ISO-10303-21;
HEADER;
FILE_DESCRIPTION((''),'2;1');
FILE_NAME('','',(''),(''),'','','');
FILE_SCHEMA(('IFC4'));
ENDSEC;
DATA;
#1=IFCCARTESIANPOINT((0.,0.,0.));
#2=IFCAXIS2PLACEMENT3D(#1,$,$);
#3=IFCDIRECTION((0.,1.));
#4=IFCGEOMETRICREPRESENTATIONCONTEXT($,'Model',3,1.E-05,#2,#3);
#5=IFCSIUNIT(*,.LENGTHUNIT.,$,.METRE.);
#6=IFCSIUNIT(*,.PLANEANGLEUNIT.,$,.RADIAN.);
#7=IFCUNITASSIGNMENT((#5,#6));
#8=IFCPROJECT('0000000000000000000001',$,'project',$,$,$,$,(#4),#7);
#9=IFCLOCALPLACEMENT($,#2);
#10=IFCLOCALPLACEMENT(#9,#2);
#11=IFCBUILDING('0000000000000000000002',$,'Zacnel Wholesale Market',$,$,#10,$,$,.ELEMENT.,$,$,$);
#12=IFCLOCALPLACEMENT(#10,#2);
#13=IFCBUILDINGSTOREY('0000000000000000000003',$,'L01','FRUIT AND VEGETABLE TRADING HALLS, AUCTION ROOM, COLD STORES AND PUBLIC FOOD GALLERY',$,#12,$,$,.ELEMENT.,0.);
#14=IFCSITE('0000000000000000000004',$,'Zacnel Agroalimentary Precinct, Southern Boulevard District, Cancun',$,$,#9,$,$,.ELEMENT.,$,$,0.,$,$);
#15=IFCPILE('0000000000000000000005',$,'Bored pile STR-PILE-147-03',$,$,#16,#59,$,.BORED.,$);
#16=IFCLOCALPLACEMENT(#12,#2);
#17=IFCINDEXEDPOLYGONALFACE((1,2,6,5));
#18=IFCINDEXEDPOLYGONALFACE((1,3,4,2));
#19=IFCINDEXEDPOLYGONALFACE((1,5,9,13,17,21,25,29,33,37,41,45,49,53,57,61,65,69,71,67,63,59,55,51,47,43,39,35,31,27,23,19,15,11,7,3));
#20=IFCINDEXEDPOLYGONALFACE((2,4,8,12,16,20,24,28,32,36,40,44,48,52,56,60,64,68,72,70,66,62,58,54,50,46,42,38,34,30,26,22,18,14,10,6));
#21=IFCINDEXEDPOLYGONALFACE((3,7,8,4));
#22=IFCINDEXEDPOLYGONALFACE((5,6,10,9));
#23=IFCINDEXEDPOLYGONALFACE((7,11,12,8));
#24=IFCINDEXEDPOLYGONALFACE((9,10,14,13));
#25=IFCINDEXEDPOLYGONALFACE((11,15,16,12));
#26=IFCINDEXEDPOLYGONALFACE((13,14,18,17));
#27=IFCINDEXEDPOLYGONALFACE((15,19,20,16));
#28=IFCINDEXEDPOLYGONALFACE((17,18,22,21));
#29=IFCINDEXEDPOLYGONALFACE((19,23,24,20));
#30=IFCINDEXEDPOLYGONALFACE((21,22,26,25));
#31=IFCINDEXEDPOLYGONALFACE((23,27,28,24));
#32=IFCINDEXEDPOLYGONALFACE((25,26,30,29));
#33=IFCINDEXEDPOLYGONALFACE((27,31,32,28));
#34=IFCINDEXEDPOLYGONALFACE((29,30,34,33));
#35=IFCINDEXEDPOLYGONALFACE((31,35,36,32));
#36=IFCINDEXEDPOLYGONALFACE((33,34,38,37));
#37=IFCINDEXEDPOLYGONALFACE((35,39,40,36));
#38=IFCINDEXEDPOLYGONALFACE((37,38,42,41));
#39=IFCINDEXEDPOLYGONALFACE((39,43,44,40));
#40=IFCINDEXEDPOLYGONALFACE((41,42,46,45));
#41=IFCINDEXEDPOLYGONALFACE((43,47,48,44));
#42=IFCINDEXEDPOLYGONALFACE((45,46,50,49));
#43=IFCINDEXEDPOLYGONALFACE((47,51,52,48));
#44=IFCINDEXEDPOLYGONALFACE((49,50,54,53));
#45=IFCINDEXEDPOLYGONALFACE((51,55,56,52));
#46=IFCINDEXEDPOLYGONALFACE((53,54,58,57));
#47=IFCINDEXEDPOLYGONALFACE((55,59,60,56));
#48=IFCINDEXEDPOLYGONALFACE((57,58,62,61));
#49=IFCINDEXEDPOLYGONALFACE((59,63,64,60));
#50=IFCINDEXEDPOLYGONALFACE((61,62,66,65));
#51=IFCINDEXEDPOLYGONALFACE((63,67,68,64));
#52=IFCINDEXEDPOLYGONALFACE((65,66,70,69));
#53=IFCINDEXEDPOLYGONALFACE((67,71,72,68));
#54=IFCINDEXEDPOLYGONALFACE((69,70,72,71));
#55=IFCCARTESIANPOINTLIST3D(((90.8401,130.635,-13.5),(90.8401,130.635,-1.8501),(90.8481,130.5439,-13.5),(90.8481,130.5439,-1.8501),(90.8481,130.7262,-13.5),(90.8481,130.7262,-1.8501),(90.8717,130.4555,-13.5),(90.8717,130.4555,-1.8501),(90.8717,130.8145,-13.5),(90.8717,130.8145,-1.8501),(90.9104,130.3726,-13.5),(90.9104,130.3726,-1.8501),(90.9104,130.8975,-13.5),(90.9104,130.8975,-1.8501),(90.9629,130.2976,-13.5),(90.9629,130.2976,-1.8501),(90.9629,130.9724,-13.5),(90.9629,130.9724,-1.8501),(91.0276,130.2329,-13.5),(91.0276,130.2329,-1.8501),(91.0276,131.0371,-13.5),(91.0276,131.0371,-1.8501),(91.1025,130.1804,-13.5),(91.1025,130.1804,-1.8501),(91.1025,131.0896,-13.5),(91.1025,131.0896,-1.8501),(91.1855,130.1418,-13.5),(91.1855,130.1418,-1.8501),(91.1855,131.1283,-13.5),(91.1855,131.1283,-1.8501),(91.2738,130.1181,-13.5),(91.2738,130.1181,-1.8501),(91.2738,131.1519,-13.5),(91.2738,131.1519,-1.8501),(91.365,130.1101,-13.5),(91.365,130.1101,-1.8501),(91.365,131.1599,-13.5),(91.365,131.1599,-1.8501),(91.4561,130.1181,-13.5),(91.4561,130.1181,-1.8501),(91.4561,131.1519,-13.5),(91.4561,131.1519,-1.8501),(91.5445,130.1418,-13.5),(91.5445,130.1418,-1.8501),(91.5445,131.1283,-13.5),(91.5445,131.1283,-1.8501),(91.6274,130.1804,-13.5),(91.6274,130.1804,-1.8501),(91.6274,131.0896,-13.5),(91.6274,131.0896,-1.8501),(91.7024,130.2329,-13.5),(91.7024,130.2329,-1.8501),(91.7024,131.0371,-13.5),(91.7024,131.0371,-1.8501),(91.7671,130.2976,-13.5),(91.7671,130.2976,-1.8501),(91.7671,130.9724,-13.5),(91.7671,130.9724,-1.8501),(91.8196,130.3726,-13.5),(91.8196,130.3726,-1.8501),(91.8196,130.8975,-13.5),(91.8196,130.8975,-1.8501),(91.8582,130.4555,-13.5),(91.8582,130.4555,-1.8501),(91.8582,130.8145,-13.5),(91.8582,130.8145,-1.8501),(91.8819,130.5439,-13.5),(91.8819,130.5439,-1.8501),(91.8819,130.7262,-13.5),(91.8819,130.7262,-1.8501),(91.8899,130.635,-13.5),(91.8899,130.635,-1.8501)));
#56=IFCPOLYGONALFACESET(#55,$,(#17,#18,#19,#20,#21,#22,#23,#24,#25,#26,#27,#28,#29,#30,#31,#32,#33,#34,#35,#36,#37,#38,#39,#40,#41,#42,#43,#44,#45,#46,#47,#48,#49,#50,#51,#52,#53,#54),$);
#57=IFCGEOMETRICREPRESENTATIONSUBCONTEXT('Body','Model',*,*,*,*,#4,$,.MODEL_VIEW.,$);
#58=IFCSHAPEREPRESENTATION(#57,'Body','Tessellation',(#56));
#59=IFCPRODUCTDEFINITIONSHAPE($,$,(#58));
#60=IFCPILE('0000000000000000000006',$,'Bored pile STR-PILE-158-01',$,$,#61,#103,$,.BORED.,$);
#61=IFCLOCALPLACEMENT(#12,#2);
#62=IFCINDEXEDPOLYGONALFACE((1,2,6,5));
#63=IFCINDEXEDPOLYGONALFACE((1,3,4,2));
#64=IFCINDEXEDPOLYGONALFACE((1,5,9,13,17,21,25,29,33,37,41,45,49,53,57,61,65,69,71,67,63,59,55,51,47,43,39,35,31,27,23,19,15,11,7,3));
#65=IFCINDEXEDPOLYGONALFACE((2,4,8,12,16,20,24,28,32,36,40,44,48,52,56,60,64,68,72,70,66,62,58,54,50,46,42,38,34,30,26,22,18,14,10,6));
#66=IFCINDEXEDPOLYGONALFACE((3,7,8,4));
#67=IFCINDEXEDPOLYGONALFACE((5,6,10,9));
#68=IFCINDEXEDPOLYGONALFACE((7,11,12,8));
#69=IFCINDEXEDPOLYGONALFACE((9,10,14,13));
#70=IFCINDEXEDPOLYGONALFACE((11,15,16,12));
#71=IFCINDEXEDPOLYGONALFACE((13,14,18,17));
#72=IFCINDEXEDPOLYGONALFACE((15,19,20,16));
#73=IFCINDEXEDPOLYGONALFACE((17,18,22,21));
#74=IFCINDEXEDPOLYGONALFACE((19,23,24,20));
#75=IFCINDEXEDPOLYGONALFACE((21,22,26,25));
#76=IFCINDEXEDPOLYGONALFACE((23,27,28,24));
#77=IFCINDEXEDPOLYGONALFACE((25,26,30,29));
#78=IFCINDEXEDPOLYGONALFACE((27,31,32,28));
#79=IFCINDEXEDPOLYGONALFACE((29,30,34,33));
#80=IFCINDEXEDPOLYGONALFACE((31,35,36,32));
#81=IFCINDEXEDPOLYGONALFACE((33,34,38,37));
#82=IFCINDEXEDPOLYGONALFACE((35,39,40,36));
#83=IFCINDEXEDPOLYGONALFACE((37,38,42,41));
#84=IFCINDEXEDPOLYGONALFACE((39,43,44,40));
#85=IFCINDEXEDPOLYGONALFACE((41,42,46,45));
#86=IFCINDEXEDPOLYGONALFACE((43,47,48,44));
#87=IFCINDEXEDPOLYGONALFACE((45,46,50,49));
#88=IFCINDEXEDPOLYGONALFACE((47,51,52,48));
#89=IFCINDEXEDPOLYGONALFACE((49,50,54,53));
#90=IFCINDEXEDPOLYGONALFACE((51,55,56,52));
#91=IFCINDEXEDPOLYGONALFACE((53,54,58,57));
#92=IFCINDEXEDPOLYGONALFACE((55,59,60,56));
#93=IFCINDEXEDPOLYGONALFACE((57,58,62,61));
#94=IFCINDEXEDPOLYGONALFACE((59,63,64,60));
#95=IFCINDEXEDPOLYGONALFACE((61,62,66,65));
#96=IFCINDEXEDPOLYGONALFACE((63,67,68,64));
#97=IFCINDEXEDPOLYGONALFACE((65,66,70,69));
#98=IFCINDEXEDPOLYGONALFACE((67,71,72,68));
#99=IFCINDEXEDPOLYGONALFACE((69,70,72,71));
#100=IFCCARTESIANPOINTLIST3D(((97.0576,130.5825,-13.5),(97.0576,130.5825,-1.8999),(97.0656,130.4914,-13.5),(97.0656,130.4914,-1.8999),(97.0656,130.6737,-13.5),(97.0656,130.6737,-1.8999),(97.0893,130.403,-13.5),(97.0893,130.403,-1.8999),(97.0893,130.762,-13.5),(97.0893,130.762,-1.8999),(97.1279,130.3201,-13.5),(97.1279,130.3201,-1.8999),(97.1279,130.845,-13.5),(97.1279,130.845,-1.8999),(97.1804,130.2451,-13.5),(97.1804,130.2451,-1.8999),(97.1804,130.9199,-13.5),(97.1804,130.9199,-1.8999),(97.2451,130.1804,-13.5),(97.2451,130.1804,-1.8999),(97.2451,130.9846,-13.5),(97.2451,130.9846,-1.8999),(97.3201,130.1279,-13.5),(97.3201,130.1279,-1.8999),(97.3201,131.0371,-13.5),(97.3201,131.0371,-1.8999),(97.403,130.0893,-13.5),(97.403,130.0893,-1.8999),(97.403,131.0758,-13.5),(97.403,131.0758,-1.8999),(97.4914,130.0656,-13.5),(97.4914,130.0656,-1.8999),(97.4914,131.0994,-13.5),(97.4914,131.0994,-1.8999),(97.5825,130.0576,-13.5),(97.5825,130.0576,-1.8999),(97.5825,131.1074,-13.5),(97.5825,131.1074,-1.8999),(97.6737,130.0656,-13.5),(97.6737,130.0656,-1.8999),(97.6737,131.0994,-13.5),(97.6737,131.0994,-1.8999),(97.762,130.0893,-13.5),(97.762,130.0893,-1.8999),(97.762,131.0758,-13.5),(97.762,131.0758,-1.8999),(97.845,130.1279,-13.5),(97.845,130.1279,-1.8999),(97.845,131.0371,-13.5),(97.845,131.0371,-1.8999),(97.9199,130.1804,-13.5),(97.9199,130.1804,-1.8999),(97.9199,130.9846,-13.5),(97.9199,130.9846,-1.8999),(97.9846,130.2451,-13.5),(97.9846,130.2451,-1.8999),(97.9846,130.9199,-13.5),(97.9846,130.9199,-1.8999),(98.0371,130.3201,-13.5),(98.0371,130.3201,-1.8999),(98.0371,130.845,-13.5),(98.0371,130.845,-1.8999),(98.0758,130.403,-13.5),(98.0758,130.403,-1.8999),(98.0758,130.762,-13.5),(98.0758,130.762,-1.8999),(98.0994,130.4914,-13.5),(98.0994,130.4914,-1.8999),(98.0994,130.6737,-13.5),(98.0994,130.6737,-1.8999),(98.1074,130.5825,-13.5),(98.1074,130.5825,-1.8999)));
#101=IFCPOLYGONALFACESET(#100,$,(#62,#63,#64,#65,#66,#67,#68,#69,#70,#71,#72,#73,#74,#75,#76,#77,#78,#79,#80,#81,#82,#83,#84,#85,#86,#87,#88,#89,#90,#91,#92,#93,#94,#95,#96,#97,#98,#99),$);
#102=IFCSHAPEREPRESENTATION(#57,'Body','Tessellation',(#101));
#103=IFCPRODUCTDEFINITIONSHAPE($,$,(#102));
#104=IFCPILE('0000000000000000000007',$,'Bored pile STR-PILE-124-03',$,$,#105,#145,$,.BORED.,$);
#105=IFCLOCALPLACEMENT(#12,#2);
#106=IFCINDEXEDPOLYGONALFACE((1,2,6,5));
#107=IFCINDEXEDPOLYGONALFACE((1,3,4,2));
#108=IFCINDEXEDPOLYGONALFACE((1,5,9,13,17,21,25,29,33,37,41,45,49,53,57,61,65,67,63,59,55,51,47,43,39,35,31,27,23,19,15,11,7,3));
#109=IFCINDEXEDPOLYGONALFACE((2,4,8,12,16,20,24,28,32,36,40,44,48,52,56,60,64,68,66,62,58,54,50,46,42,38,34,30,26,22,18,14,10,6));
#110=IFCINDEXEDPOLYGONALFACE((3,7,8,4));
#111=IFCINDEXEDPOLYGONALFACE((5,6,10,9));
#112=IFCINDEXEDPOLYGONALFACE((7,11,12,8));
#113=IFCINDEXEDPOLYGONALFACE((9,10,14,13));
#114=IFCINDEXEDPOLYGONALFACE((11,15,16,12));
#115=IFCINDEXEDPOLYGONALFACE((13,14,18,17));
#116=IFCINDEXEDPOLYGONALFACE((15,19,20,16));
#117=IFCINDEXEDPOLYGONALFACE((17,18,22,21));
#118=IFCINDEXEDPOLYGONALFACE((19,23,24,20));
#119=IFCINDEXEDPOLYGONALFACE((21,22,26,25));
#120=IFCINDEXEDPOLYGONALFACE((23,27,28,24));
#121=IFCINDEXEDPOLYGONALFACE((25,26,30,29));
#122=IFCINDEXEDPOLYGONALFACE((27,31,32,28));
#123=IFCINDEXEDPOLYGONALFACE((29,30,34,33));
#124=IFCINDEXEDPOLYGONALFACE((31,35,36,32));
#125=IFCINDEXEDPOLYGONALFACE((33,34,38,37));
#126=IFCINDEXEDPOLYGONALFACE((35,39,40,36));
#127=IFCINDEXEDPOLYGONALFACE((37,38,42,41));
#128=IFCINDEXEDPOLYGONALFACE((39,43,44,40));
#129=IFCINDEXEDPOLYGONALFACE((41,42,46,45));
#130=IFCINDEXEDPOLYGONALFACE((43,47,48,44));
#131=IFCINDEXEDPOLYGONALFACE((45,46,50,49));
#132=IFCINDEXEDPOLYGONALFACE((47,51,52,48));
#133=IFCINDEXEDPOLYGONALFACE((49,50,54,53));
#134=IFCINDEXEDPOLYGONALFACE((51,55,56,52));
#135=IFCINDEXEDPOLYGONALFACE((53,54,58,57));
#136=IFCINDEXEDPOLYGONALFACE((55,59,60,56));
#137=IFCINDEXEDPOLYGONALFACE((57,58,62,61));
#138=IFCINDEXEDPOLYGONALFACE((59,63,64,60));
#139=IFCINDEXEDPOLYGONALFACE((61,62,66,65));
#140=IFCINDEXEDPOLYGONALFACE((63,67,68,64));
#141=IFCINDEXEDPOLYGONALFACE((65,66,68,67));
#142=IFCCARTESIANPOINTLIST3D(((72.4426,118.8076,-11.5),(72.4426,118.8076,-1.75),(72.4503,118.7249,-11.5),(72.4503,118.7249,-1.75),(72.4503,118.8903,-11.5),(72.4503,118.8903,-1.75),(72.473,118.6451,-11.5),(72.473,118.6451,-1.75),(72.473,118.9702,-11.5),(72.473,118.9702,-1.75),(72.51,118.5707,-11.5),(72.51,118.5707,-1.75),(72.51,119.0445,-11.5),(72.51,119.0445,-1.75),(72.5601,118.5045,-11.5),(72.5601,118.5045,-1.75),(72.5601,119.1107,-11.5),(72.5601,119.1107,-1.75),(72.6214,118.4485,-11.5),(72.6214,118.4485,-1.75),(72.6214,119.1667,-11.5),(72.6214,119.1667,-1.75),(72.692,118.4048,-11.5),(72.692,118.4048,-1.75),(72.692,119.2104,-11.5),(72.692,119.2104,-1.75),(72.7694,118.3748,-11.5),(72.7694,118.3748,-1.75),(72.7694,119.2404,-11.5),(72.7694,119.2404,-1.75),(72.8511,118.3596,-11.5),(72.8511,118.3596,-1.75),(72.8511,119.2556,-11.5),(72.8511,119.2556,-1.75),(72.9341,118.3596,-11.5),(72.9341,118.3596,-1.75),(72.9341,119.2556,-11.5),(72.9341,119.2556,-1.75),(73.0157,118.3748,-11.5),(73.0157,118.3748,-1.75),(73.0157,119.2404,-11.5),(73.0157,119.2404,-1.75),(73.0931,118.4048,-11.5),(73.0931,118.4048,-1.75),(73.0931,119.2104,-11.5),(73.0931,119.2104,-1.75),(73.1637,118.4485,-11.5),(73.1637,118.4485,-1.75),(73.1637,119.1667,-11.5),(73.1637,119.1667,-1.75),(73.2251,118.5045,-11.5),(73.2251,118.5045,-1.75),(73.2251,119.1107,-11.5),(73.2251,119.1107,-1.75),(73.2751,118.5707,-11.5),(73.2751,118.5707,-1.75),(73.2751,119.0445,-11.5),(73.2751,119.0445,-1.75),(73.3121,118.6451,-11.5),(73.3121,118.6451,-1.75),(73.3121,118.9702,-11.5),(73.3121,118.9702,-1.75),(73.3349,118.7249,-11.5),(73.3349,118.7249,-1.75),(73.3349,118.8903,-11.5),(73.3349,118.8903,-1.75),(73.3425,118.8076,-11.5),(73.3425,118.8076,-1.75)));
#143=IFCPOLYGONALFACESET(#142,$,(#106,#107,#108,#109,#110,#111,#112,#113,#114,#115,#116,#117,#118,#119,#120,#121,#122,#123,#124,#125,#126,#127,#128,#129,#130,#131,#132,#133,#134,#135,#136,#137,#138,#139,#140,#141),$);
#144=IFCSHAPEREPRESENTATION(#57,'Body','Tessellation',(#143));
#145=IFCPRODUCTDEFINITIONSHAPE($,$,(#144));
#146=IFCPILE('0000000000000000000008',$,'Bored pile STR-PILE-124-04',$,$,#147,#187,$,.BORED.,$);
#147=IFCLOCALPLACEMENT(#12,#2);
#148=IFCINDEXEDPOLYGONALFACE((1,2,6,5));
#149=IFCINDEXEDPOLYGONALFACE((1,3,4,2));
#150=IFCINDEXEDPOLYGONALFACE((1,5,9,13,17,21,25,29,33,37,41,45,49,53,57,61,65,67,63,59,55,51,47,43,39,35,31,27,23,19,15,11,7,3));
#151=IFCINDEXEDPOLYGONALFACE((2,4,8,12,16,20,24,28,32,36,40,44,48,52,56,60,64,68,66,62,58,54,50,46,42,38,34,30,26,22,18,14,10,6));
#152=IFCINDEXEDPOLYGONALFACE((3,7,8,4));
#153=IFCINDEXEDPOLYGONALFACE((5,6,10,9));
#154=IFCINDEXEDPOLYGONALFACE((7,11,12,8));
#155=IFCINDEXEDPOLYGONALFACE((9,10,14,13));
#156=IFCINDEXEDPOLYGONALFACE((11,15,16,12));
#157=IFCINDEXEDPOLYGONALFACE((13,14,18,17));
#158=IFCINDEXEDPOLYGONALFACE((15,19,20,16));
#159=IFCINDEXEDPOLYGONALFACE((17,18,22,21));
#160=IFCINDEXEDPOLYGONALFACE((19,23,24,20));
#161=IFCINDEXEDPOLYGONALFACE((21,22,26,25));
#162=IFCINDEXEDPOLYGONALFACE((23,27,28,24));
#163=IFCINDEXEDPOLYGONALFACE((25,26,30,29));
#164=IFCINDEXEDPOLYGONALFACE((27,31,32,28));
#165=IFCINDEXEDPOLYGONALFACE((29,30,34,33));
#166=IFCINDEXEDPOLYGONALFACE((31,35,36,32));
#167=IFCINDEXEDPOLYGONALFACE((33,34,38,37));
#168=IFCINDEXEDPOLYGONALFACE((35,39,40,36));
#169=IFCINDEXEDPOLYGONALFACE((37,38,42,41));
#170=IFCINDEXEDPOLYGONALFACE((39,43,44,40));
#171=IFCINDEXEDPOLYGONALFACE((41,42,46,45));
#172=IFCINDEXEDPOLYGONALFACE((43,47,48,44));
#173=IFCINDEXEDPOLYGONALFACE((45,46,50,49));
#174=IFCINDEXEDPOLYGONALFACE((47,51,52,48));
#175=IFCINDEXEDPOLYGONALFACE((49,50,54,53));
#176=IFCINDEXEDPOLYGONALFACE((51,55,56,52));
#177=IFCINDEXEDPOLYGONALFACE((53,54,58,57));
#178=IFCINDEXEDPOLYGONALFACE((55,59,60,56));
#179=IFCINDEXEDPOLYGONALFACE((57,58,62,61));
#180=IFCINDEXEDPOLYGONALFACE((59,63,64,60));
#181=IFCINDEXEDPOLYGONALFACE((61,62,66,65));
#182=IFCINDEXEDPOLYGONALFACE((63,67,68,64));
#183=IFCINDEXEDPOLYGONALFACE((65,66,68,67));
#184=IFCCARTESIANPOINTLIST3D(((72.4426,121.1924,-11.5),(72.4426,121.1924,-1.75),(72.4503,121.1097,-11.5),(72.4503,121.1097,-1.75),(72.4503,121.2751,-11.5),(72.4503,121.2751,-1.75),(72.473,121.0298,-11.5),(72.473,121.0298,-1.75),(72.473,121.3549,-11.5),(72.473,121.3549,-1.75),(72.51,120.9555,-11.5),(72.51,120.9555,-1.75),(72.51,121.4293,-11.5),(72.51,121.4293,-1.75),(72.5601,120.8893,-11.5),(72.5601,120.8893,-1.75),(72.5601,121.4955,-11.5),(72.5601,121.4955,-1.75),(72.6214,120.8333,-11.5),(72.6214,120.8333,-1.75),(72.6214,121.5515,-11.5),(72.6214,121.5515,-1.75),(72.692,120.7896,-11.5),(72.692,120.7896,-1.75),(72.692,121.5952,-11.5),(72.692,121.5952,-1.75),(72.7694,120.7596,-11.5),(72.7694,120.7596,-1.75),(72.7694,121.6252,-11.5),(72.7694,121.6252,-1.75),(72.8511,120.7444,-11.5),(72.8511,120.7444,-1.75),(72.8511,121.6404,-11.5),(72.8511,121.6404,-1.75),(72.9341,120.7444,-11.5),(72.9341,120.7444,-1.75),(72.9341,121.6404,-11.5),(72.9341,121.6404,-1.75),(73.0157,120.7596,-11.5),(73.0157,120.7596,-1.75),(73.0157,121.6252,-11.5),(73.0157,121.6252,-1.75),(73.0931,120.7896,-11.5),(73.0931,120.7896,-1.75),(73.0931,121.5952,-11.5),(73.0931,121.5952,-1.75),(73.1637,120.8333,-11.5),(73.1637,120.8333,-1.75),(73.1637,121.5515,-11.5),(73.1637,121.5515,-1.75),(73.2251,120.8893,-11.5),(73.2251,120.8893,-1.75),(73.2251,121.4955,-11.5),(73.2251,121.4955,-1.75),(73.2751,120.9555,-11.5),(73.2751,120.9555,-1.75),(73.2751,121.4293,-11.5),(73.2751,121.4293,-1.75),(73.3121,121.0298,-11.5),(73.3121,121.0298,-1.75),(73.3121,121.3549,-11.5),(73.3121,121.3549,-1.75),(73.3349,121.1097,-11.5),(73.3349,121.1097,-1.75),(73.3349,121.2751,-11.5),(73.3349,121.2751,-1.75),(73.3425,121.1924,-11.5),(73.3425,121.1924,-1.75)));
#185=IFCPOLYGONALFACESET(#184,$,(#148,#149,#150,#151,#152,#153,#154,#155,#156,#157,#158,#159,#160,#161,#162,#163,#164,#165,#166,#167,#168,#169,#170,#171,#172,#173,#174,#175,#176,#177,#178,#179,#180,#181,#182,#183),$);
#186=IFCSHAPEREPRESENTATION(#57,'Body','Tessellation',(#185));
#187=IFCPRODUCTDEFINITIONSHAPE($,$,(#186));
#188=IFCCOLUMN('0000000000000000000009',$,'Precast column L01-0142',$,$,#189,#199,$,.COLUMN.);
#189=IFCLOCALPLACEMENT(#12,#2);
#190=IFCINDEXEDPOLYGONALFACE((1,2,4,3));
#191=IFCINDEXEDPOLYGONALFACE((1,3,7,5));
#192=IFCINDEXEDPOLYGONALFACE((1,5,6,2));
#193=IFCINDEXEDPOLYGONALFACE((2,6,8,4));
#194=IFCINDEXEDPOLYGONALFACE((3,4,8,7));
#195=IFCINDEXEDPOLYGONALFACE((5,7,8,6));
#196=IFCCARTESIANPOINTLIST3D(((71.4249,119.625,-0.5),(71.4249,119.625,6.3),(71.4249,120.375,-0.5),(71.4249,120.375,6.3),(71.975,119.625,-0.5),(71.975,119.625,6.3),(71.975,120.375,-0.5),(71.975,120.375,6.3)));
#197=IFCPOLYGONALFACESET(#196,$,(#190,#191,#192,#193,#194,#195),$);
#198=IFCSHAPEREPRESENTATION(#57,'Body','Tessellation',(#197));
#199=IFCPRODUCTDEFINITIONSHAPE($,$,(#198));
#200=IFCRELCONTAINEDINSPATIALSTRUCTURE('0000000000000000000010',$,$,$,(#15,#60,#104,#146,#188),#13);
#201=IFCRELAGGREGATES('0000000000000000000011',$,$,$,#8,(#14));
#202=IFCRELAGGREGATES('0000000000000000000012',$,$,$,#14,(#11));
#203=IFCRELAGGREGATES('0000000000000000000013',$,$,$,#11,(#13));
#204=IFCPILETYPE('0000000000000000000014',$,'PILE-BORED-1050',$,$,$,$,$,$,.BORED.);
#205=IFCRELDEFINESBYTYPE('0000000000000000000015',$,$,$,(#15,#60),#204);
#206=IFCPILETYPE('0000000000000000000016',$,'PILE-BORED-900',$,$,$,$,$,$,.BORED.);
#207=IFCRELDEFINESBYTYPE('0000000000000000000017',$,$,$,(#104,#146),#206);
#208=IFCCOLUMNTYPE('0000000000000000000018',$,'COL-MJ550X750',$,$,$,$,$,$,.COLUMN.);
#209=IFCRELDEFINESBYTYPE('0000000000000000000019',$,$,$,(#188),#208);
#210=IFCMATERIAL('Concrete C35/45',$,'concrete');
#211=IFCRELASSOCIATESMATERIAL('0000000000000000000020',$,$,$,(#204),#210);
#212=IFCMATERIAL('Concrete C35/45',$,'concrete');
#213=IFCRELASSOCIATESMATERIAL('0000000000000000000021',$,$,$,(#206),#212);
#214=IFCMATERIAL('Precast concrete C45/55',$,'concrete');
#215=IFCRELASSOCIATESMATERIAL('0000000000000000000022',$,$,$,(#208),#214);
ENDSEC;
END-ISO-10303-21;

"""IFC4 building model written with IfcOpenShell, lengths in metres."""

from ifc_helpers import new_model, si_unit, direction, frame, origin, origin_2d, place, context, subcontext, project, spatial, rectangle, circle, extrude, material, material_profile, profile_set, type_object, element, save


model = new_model("IFC4")

# Units and contexts
model_context = context("Model", 3, precision=1e-05, world=origin(), true_north=direction((0.0, 1.0)))
body_context = subcontext(model_context, "Body", "Model", "MODEL_VIEW")
ifc_project = project(units=[si_unit("LENGTHUNIT", "METRE"), si_unit("PLANEANGLEUNIT", "RADIAN")], contexts=[model_context])

# Site, building, storey
site_placement = place(None, origin())
site = spatial("IfcSite", under=ifc_project, at=site_placement, Name="Zacnel Agroalimentary Precinct, Southern Boulevard District, Cancun", CompositionType="ELEMENT", RefElevation=0.0)
building_placement = place(site_placement, origin())
building = spatial("IfcBuilding", under=site, at=building_placement, Name="Zacnel Wholesale Market", CompositionType="ELEMENT")
storey_placement = place(building_placement, origin())
storey = spatial("IfcBuildingStorey", under=building, at=storey_placement, Name="L01", Description="FRUIT AND VEGETABLE TRADING HALLS, AUCTION ROOM, COLD STORES AND PUBLIC FOOD GALLERY", CompositionType="ELEMENT", Elevation=0.0)

# Piles
ifc_material_1 = material(Name="Concrete C35/45", Category="concrete")
ifc_material_profile_1 = material_profile(ifc_material_1, circle(Radius=0.5249, at=origin_2d()), Name="BORED PILE D1050")
ifc_profile_set_1 = profile_set([ifc_material_profile_1], Name="Concrete C35/45")
pile_type_1 = type_object("IfcPileType", Name="PILE-BORED-1050", PredefinedType="BORED", material=ifc_profile_set_1)
for number, where, z_axis, x_axis, name in (
    (1, (91.365, 130.635, -1.8501), (0.0, 0.0, -1.0), (1.0, 0.0, 0.0), "Bored pile STR-PILE-147-03"),
):
    element("IfcPile", number, at=place(storey_placement, frame(where, z_axis=z_axis, x_axis=x_axis)), inside=storey, type_object=pile_type_1, Name=name, PredefinedType="BORED", context=body_context, shape_type="SweptSolid", body=[
        extrude(circle(Radius=0.5249, at=origin_2d()), origin(), (0.0, 0.0, 1.0), 11.6499),
    ])
pile_placement = place(storey_placement, frame((97.5825, 130.5825, -1.8999), z_axis=(0.0, 0.0, -1.0), x_axis=(1.0, 0.0, 0.0)))
element("IfcPile", 2, at=pile_placement, inside=storey, type_object=pile_type_1, Name="Bored pile STR-PILE-158-01", PredefinedType="BORED", context=body_context, shape_type="SweptSolid", body=[
    extrude(circle(Radius=0.5249, at=origin_2d()), origin(), (0.0, 0.0, 1.0), 11.6001),
])
ifc_material_2 = material(Name="Concrete C35/45", Category="concrete")
ifc_material_profile_2 = material_profile(ifc_material_2, circle(Radius=0.45, at=origin_2d()), Name="BORED PILE D900")
ifc_profile_set_2 = profile_set([ifc_material_profile_2], Name="Concrete C35/45")
pile_type_2 = type_object("IfcPileType", Name="PILE-BORED-900", PredefinedType="BORED", material=ifc_profile_set_2)
for number, where, z_axis, x_axis, name in (
    (3, (72.8926, 118.8076, -1.75), (0.0, 0.0, -1.0), (1.0, 0.0, 0.0), "Bored pile STR-PILE-124-03"),
    (4, (72.8926, 121.1924, -1.75), (0.0, 0.0, -1.0), (1.0, 0.0, 0.0), "Bored pile STR-PILE-124-04"),
):
    element("IfcPile", number, at=place(storey_placement, frame(where, z_axis=z_axis, x_axis=x_axis)), inside=storey, type_object=pile_type_2, Name=name, PredefinedType="BORED", context=body_context, shape_type="SweptSolid", body=[
        extrude(circle(Radius=0.45, at=origin_2d()), origin(), (0.0, 0.0, 1.0), 9.75),
    ])

# Column
ifc_material_3 = material(Name="Precast concrete C45/55", Category="concrete")
ifc_material_profile_3 = material_profile(ifc_material_3, rectangle(XDim=0.55, YDim=0.75, at=origin_2d()), Name="PC 550x750")
ifc_profile_set_3 = profile_set([ifc_material_profile_3], Name="Precast concrete C45/55")
column_type_1 = type_object("IfcColumnType", Name="COL-MJ550X750", PredefinedType="COLUMN", material=ifc_profile_set_3)
for number, where, z_axis, x_axis, name in (
    (5, (71.7, 120.0, -0.5), (0.0, 0.0, 1.0), (1.0, 0.0, 0.0), "Precast column L01-0142"),
):
    element("IfcColumn", number, at=place(storey_placement, frame(where, z_axis=z_axis, x_axis=x_axis)), inside=storey, type_object=column_type_1, Name=name, PredefinedType="COLUMN", context=body_context, shape_type="SweptSolid", body=[
        extrude(rectangle(XDim=0.55, YDim=0.75, at=origin_2d()), origin(), (0.0, 0.0, 1.0), 6.8),
    ])

save(model, "model.ifc")
